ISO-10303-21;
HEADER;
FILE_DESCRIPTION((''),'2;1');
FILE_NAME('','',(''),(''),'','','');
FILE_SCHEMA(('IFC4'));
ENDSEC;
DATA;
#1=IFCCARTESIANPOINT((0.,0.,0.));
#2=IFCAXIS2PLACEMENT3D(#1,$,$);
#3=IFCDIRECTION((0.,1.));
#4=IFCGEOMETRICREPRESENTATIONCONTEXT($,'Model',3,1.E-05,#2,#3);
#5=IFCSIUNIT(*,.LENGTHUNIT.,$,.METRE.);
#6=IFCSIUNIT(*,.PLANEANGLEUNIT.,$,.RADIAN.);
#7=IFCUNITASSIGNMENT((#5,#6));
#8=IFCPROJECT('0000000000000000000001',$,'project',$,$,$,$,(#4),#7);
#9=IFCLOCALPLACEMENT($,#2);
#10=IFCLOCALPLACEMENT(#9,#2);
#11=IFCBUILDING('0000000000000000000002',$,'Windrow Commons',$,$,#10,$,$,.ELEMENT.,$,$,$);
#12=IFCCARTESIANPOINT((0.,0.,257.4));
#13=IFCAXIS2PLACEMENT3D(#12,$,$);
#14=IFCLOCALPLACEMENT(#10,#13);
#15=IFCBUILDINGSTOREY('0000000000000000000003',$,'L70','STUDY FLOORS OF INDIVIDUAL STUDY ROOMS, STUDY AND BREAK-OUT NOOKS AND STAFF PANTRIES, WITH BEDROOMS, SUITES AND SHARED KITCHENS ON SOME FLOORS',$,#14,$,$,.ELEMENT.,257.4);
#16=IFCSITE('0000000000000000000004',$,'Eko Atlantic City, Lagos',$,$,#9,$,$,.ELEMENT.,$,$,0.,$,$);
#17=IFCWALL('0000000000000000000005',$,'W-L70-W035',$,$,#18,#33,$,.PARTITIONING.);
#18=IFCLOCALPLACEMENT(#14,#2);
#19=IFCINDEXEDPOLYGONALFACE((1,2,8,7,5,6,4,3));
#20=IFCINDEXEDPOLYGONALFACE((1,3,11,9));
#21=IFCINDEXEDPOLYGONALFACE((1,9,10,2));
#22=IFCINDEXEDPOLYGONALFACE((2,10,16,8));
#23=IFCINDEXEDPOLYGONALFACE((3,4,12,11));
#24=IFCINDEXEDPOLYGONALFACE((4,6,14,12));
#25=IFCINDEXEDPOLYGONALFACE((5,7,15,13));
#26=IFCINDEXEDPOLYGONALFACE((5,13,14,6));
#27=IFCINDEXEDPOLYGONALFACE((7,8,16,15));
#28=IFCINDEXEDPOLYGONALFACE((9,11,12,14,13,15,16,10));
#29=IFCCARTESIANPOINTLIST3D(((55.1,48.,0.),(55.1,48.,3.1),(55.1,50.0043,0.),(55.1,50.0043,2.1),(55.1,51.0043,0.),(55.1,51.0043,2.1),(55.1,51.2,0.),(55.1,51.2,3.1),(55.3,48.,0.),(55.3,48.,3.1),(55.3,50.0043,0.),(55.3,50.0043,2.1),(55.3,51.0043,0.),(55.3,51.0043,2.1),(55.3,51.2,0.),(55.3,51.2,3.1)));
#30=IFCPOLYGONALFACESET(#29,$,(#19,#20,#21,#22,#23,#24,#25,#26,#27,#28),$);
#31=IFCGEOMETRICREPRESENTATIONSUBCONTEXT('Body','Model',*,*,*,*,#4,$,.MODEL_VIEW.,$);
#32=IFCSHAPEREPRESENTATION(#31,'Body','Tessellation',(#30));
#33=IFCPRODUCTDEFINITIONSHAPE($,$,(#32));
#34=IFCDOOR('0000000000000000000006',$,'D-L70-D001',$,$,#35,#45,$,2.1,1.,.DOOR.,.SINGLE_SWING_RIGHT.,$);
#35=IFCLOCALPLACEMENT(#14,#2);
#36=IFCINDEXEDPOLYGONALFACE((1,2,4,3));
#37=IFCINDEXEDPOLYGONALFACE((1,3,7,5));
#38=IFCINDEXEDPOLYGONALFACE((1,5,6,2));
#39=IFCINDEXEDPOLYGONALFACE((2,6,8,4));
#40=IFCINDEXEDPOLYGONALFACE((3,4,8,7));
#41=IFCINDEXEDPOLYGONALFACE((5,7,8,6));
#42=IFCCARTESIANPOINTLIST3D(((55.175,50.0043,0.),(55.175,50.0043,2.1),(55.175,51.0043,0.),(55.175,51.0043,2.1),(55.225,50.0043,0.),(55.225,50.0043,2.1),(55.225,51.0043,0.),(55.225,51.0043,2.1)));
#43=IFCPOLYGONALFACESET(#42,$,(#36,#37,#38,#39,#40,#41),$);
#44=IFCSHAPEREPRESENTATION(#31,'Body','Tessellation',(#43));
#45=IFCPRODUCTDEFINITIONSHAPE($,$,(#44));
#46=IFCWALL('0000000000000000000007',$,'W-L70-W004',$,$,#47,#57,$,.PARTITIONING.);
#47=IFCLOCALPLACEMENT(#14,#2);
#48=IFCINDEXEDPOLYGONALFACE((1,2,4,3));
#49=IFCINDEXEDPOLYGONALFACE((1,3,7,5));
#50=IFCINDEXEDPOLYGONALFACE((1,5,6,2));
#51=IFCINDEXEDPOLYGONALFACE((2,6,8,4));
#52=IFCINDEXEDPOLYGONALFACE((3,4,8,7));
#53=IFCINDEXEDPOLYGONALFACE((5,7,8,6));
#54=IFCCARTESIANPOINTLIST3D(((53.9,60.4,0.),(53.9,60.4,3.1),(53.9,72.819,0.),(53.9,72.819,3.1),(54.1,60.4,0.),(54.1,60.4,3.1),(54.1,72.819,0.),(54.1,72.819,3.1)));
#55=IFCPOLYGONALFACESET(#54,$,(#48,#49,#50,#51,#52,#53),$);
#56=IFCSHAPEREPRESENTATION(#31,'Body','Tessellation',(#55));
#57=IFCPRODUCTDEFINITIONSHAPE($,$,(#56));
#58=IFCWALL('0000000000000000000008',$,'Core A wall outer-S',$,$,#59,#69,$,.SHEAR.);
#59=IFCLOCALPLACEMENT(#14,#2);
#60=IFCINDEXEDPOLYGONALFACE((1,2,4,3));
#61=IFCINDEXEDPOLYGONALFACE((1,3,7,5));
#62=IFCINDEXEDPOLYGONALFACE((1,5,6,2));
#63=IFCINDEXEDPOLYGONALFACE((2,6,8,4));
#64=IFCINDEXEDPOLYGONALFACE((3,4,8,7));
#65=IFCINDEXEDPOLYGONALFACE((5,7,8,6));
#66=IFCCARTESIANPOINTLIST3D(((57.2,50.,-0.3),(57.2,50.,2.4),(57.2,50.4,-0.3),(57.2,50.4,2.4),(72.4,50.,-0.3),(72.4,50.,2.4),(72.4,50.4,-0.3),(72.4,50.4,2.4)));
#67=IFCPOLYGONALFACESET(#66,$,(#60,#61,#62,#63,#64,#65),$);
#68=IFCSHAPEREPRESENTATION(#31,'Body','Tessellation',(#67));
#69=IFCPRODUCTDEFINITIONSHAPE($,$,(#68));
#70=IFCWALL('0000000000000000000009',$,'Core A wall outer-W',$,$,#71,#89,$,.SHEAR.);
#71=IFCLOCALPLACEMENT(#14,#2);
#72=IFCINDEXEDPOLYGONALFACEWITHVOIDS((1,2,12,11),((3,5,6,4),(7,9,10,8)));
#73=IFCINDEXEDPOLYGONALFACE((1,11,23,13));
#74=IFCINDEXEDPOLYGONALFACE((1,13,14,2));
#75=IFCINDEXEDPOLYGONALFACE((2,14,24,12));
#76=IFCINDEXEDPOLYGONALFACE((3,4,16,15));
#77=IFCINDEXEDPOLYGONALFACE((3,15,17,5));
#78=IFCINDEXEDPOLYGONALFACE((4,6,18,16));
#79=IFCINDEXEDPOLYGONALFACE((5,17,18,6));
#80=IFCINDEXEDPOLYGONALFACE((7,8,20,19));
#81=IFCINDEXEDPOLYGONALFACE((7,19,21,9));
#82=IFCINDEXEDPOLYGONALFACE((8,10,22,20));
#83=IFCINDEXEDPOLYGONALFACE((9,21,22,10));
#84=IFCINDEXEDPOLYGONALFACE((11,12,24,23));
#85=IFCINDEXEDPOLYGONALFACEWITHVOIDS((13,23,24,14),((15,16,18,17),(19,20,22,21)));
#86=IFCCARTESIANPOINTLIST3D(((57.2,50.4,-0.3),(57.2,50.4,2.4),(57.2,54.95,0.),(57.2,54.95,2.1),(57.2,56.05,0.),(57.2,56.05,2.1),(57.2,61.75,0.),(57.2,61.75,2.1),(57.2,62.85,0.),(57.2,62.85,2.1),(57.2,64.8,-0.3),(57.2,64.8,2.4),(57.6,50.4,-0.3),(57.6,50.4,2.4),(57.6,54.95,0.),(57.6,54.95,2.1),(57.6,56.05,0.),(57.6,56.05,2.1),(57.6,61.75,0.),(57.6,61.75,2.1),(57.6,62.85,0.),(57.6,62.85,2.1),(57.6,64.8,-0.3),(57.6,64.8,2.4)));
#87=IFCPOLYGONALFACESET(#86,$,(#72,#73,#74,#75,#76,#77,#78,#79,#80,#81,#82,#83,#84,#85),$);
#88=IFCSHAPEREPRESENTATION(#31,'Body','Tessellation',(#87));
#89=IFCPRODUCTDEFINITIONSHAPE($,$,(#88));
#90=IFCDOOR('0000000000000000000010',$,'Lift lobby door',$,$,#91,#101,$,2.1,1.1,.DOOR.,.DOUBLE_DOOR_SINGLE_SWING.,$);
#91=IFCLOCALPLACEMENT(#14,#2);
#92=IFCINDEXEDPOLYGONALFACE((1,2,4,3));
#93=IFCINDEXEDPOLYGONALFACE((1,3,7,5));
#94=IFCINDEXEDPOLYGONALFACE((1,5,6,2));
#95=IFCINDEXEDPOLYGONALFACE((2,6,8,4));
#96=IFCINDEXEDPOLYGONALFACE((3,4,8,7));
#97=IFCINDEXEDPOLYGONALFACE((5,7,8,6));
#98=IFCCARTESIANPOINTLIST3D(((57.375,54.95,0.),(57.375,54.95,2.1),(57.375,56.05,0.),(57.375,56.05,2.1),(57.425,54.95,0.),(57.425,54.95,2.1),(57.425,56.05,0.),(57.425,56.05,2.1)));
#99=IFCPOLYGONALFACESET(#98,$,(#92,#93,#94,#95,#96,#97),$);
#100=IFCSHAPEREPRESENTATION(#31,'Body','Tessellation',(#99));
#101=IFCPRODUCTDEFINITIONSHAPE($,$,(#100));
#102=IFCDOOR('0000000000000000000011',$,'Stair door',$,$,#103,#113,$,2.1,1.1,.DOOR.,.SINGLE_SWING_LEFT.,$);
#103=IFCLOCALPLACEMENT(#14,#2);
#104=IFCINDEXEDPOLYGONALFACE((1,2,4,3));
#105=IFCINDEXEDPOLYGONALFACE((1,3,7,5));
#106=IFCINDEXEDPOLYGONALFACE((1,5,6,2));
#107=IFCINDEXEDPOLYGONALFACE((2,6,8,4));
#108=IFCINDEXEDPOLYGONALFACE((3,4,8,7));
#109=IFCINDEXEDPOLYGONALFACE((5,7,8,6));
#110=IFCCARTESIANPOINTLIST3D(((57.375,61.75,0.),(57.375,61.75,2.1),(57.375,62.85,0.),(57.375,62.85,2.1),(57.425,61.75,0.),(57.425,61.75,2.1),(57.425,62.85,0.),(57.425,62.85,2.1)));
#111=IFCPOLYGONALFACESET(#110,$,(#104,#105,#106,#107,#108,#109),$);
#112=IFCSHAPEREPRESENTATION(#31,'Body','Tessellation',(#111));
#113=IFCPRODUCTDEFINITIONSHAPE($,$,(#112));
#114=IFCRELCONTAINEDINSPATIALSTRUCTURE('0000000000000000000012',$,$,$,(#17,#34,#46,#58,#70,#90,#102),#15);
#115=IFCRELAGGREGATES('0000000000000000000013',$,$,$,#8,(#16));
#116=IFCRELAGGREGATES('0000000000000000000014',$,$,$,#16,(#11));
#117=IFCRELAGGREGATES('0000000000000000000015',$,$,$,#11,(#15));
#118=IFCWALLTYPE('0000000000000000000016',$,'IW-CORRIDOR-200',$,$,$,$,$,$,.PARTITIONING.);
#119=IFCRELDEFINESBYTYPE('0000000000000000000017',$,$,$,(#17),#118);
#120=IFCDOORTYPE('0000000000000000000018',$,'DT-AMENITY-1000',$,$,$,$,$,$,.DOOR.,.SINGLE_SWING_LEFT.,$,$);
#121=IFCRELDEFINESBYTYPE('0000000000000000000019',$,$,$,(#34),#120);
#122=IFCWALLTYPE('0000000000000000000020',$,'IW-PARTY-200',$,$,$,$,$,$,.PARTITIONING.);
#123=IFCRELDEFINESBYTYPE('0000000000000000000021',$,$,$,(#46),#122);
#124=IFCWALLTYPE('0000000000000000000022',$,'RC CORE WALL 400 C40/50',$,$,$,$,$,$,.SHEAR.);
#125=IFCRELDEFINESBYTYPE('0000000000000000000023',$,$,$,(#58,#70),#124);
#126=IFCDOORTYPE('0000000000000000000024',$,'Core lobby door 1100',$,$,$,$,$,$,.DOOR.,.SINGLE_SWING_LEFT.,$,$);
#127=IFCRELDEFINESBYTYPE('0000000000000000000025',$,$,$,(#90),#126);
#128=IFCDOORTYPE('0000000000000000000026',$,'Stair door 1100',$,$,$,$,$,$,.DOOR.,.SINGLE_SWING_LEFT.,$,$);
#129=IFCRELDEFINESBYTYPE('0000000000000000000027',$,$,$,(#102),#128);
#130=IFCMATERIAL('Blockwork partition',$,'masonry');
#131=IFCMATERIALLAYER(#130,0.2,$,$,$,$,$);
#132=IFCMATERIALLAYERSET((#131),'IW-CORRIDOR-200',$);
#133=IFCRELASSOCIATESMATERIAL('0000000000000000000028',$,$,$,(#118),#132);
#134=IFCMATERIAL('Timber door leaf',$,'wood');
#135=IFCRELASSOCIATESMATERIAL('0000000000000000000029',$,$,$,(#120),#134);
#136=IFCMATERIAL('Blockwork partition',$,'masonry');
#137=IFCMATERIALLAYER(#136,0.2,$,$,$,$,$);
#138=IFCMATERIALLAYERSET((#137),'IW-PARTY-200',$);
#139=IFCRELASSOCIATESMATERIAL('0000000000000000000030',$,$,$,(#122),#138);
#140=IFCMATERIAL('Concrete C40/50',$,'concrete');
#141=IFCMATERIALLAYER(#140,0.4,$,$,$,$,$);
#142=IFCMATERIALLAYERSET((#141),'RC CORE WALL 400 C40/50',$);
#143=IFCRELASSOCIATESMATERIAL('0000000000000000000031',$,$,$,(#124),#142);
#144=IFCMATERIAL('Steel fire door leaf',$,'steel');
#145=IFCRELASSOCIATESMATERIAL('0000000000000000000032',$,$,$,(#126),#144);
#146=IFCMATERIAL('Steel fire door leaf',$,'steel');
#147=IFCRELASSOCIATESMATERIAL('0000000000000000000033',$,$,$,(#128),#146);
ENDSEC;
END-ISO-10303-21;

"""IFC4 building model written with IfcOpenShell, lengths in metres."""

from ifc_helpers import new_model, si_unit, direction, frame, frame_2d, origin, place, context, subcontext, project, spatial, rectangle, extrude, material, layer, layer_set, type_object, element, fill, save


model = new_model("IFC4")

# Units and contexts
model_context = context("Model", 3, precision=1e-05, world=origin(), true_north=direction((0.0, 1.0)))
body_context = subcontext(model_context, "Body", "Model", "MODEL_VIEW")
ifc_project = project(units=[si_unit("LENGTHUNIT", "METRE"), si_unit("PLANEANGLEUNIT", "RADIAN")], contexts=[model_context])

# Site, building, storey
site_placement = place(None, origin())
site = spatial("IfcSite", under=ifc_project, at=site_placement, Name="Eko Atlantic City, Lagos", CompositionType="ELEMENT", RefElevation=0.0)
building_placement = place(site_placement, origin())
building = spatial("IfcBuilding", under=site, at=building_placement, Name="Windrow Commons", CompositionType="ELEMENT")
storey_placement = place(building_placement, frame((0.0, 0.0, 257.4)))
storey = spatial("IfcBuildingStorey", under=building, at=storey_placement, Name="L70", Description="STUDY FLOORS OF INDIVIDUAL STUDY ROOMS, STUDY AND BREAK-OUT NOOKS AND STAFF PANTRIES, WITH BEDROOMS, SUITES AND SHARED KITCHENS ON SOME FLOORS", CompositionType="ELEMENT", Elevation=257.4)

# Shared definitions
ifc_material_1 = material(Name="Blockwork partition", Category="masonry")
ifc_layer_1 = layer(ifc_material_1, 0.2)
ifc_layer_set_1 = layer_set([ifc_layer_1], Name="IW-CORRIDOR-200")
wall_type_1 = type_object("IfcWallType", Name="IW-CORRIDOR-200", PredefinedType="PARTITIONING", material=ifc_layer_set_1)
ifc_material_2 = material(Name="Timber door leaf", Category="wood")
door_type_1 = type_object("IfcDoorType", Name="DT-AMENITY-1000", OperationType="SINGLE_SWING_LEFT", PredefinedType="DOOR", material=ifc_material_2)

# Wall, opening, door
wall_1_placement = place(storey_placement, frame((55.2, 48.0, 0.0), z_axis=(0.0, 0.0, 1.0), x_axis=(0.0, 1.0, 0.0)))
wall_1 = element("IfcWall", 1, at=wall_1_placement, inside=storey, type_object=wall_type_1, Name="W-L70-W035", PredefinedType="PARTITIONING", context=body_context, shape_type="SweptSolid", body=[
    extrude(rectangle(XDim=3.2, YDim=0.2, at=frame_2d((1.6, 0.0))), origin(), (0.0, 0.0, 1.0), 3.1),
])
opening_1_placement = place(wall_1_placement, frame((2.0043, 0.0, 0.0)))
opening_1 = element("IfcOpeningElement", 2, at=opening_1_placement, cuts=wall_1, PredefinedType="OPENING", context=body_context, shape_type="SweptSolid", body=[
    extrude(rectangle(XDim=1.0, YDim=2.1, at=frame_2d((0.5, 1.05))), frame((0.0, 0.11, 0.0), z_axis=(0.0, -1.0, 0.0), x_axis=(1.0, 0.0, 0.0)), (0.0, 0.0, 1.0), 0.22),
])
door_1_placement = place(opening_1_placement, origin())
door_1 = element("IfcDoor", 3, at=door_1_placement, inside=storey, type_object=door_type_1, Name="D-L70-D001", OperationType="SINGLE_SWING_RIGHT", OverallHeight=2.1, OverallWidth=1.0, PredefinedType="DOOR", context=body_context, shape_type="SweptSolid", body=[
    extrude(rectangle(XDim=1.0, YDim=2.1, at=frame_2d((0.5, 1.05))), frame((0.0, 0.025, 0.0), z_axis=(0.0, -1.0, 0.0), x_axis=(1.0, 0.0, 0.0)), (0.0, 0.0, 1.0), 0.05),
])
fill(opening_1, door_1)

# Walls
ifc_material_3 = material(Name="Blockwork partition", Category="masonry")
ifc_layer_2 = layer(ifc_material_3, 0.2)
ifc_layer_set_2 = layer_set([ifc_layer_2], Name="IW-PARTY-200")
wall_type_2 = type_object("IfcWallType", Name="IW-PARTY-200", PredefinedType="PARTITIONING", material=ifc_layer_set_2)
wall_2_placement = place(storey_placement, frame((54.0, 60.4, 0.0), z_axis=(0.0, 0.0, 1.0), x_axis=(0.0, 1.0, 0.0)))
element("IfcWall", 4, at=wall_2_placement, inside=storey, type_object=wall_type_2, Name="W-L70-W004", PredefinedType="PARTITIONING", context=body_context, shape_type="SweptSolid", body=[
    extrude(rectangle(XDim=12.4189, YDim=0.2, at=frame_2d((6.2095, 0.0))), origin(), (0.0, 0.0, 1.0), 3.1),
])
ifc_material_4 = material(Name="Concrete C40/50", Category="concrete")
ifc_layer_3 = layer(ifc_material_4, 0.4)
ifc_layer_set_3 = layer_set([ifc_layer_3], Name="RC CORE WALL 400 C40/50")
wall_type_3 = type_object("IfcWallType", Name="RC CORE WALL 400 C40/50", PredefinedType="SHEAR", material=ifc_layer_set_3)
wall_3_placement = place(storey_placement, frame((57.2, 50.2, -0.3), z_axis=(0.0, 0.0, 1.0), x_axis=(1.0, 0.0, 0.0)))
element("IfcWall", 5, at=wall_3_placement, inside=storey, type_object=wall_type_3, Name="Core A wall outer-S", PredefinedType="SHEAR", context=body_context, shape_type="SweptSolid", body=[
    extrude(rectangle(XDim=15.2, YDim=0.4, at=frame_2d((7.6, 0.0))), origin(), (0.0, 0.0, 1.0), 2.7),
])

# Wall, openings, doors
wall_4_placement = place(storey_placement, frame((57.4, 50.4, -0.3), z_axis=(0.0, 0.0, 1.0), x_axis=(0.0, 1.0, 0.0)))
wall_4 = element("IfcWall", 6, at=wall_4_placement, inside=storey, type_object=wall_type_3, Name="Core A wall outer-W", PredefinedType="SHEAR", context=body_context, shape_type="SweptSolid", body=[
    extrude(rectangle(XDim=14.4, YDim=0.4, at=frame_2d((7.2, 0.0))), origin(), (0.0, 0.0, 1.0), 2.7),
])
opening_2_placement = place(wall_4_placement, frame((4.55, 0.0, 0.3)))
opening_2 = element("IfcOpeningElement", 7, at=opening_2_placement, cuts=wall_4, PredefinedType="OPENING", context=body_context, shape_type="SweptSolid", body=[
    extrude(rectangle(XDim=1.1, YDim=2.1, at=frame_2d((0.55, 1.05))), frame((0.0, 0.21, 0.0), z_axis=(0.0, -1.0, 0.0), x_axis=(1.0, 0.0, 0.0)), (0.0, 0.0, 1.0), 0.42),
])
opening_3_placement = place(wall_4_placement, frame((11.35, 0.0, 0.3)))
opening_3 = element("IfcOpeningElement", 8, at=opening_3_placement, cuts=wall_4, PredefinedType="OPENING", context=body_context, shape_type="SweptSolid", body=[
    extrude(rectangle(XDim=1.1, YDim=2.1, at=frame_2d((0.55, 1.05))), frame((0.0, 0.21, 0.0), z_axis=(0.0, -1.0, 0.0), x_axis=(1.0, 0.0, 0.0)), (0.0, 0.0, 1.0), 0.42),
])
ifc_material_5 = material(Name="Steel fire door leaf", Category="steel")
door_type_2 = type_object("IfcDoorType", Name="Core lobby door 1100", OperationType="SINGLE_SWING_LEFT", PredefinedType="DOOR", material=ifc_material_5)
door_2_placement = place(opening_2_placement, origin())
door_2 = element("IfcDoor", 9, at=door_2_placement, inside=storey, type_object=door_type_2, Name="Lift lobby door", OperationType="DOUBLE_DOOR_SINGLE_SWING", OverallHeight=2.1, OverallWidth=1.1, PredefinedType="DOOR", context=body_context, shape_type="SweptSolid", body=[
    extrude(rectangle(XDim=1.1, YDim=2.1, at=frame_2d((0.55, 1.05))), frame((0.0, 0.025, 0.0), z_axis=(0.0, -1.0, 0.0), x_axis=(1.0, 0.0, 0.0)), (0.0, 0.0, 1.0), 0.05),
])
fill(opening_2, door_2)
ifc_material_6 = material(Name="Steel fire door leaf", Category="steel")
door_type_3 = type_object("IfcDoorType", Name="Stair door 1100", OperationType="SINGLE_SWING_LEFT", PredefinedType="DOOR", material=ifc_material_6)
door_3_placement = place(opening_3_placement, origin())
door_3 = element("IfcDoor", 10, at=door_3_placement, inside=storey, type_object=door_type_3, Name="Stair door", OperationType="SINGLE_SWING_LEFT", OverallHeight=2.1, OverallWidth=1.1, PredefinedType="DOOR", context=body_context, shape_type="SweptSolid", body=[
    extrude(rectangle(XDim=1.1, YDim=2.1, at=frame_2d((0.55, 1.05))), frame((0.0, 0.025, 0.0), z_axis=(0.0, -1.0, 0.0), x_axis=(1.0, 0.0, 0.0)), (0.0, 0.0, 1.0), 0.05),
])
fill(opening_3, door_3)

save(model, "model.ifc")
